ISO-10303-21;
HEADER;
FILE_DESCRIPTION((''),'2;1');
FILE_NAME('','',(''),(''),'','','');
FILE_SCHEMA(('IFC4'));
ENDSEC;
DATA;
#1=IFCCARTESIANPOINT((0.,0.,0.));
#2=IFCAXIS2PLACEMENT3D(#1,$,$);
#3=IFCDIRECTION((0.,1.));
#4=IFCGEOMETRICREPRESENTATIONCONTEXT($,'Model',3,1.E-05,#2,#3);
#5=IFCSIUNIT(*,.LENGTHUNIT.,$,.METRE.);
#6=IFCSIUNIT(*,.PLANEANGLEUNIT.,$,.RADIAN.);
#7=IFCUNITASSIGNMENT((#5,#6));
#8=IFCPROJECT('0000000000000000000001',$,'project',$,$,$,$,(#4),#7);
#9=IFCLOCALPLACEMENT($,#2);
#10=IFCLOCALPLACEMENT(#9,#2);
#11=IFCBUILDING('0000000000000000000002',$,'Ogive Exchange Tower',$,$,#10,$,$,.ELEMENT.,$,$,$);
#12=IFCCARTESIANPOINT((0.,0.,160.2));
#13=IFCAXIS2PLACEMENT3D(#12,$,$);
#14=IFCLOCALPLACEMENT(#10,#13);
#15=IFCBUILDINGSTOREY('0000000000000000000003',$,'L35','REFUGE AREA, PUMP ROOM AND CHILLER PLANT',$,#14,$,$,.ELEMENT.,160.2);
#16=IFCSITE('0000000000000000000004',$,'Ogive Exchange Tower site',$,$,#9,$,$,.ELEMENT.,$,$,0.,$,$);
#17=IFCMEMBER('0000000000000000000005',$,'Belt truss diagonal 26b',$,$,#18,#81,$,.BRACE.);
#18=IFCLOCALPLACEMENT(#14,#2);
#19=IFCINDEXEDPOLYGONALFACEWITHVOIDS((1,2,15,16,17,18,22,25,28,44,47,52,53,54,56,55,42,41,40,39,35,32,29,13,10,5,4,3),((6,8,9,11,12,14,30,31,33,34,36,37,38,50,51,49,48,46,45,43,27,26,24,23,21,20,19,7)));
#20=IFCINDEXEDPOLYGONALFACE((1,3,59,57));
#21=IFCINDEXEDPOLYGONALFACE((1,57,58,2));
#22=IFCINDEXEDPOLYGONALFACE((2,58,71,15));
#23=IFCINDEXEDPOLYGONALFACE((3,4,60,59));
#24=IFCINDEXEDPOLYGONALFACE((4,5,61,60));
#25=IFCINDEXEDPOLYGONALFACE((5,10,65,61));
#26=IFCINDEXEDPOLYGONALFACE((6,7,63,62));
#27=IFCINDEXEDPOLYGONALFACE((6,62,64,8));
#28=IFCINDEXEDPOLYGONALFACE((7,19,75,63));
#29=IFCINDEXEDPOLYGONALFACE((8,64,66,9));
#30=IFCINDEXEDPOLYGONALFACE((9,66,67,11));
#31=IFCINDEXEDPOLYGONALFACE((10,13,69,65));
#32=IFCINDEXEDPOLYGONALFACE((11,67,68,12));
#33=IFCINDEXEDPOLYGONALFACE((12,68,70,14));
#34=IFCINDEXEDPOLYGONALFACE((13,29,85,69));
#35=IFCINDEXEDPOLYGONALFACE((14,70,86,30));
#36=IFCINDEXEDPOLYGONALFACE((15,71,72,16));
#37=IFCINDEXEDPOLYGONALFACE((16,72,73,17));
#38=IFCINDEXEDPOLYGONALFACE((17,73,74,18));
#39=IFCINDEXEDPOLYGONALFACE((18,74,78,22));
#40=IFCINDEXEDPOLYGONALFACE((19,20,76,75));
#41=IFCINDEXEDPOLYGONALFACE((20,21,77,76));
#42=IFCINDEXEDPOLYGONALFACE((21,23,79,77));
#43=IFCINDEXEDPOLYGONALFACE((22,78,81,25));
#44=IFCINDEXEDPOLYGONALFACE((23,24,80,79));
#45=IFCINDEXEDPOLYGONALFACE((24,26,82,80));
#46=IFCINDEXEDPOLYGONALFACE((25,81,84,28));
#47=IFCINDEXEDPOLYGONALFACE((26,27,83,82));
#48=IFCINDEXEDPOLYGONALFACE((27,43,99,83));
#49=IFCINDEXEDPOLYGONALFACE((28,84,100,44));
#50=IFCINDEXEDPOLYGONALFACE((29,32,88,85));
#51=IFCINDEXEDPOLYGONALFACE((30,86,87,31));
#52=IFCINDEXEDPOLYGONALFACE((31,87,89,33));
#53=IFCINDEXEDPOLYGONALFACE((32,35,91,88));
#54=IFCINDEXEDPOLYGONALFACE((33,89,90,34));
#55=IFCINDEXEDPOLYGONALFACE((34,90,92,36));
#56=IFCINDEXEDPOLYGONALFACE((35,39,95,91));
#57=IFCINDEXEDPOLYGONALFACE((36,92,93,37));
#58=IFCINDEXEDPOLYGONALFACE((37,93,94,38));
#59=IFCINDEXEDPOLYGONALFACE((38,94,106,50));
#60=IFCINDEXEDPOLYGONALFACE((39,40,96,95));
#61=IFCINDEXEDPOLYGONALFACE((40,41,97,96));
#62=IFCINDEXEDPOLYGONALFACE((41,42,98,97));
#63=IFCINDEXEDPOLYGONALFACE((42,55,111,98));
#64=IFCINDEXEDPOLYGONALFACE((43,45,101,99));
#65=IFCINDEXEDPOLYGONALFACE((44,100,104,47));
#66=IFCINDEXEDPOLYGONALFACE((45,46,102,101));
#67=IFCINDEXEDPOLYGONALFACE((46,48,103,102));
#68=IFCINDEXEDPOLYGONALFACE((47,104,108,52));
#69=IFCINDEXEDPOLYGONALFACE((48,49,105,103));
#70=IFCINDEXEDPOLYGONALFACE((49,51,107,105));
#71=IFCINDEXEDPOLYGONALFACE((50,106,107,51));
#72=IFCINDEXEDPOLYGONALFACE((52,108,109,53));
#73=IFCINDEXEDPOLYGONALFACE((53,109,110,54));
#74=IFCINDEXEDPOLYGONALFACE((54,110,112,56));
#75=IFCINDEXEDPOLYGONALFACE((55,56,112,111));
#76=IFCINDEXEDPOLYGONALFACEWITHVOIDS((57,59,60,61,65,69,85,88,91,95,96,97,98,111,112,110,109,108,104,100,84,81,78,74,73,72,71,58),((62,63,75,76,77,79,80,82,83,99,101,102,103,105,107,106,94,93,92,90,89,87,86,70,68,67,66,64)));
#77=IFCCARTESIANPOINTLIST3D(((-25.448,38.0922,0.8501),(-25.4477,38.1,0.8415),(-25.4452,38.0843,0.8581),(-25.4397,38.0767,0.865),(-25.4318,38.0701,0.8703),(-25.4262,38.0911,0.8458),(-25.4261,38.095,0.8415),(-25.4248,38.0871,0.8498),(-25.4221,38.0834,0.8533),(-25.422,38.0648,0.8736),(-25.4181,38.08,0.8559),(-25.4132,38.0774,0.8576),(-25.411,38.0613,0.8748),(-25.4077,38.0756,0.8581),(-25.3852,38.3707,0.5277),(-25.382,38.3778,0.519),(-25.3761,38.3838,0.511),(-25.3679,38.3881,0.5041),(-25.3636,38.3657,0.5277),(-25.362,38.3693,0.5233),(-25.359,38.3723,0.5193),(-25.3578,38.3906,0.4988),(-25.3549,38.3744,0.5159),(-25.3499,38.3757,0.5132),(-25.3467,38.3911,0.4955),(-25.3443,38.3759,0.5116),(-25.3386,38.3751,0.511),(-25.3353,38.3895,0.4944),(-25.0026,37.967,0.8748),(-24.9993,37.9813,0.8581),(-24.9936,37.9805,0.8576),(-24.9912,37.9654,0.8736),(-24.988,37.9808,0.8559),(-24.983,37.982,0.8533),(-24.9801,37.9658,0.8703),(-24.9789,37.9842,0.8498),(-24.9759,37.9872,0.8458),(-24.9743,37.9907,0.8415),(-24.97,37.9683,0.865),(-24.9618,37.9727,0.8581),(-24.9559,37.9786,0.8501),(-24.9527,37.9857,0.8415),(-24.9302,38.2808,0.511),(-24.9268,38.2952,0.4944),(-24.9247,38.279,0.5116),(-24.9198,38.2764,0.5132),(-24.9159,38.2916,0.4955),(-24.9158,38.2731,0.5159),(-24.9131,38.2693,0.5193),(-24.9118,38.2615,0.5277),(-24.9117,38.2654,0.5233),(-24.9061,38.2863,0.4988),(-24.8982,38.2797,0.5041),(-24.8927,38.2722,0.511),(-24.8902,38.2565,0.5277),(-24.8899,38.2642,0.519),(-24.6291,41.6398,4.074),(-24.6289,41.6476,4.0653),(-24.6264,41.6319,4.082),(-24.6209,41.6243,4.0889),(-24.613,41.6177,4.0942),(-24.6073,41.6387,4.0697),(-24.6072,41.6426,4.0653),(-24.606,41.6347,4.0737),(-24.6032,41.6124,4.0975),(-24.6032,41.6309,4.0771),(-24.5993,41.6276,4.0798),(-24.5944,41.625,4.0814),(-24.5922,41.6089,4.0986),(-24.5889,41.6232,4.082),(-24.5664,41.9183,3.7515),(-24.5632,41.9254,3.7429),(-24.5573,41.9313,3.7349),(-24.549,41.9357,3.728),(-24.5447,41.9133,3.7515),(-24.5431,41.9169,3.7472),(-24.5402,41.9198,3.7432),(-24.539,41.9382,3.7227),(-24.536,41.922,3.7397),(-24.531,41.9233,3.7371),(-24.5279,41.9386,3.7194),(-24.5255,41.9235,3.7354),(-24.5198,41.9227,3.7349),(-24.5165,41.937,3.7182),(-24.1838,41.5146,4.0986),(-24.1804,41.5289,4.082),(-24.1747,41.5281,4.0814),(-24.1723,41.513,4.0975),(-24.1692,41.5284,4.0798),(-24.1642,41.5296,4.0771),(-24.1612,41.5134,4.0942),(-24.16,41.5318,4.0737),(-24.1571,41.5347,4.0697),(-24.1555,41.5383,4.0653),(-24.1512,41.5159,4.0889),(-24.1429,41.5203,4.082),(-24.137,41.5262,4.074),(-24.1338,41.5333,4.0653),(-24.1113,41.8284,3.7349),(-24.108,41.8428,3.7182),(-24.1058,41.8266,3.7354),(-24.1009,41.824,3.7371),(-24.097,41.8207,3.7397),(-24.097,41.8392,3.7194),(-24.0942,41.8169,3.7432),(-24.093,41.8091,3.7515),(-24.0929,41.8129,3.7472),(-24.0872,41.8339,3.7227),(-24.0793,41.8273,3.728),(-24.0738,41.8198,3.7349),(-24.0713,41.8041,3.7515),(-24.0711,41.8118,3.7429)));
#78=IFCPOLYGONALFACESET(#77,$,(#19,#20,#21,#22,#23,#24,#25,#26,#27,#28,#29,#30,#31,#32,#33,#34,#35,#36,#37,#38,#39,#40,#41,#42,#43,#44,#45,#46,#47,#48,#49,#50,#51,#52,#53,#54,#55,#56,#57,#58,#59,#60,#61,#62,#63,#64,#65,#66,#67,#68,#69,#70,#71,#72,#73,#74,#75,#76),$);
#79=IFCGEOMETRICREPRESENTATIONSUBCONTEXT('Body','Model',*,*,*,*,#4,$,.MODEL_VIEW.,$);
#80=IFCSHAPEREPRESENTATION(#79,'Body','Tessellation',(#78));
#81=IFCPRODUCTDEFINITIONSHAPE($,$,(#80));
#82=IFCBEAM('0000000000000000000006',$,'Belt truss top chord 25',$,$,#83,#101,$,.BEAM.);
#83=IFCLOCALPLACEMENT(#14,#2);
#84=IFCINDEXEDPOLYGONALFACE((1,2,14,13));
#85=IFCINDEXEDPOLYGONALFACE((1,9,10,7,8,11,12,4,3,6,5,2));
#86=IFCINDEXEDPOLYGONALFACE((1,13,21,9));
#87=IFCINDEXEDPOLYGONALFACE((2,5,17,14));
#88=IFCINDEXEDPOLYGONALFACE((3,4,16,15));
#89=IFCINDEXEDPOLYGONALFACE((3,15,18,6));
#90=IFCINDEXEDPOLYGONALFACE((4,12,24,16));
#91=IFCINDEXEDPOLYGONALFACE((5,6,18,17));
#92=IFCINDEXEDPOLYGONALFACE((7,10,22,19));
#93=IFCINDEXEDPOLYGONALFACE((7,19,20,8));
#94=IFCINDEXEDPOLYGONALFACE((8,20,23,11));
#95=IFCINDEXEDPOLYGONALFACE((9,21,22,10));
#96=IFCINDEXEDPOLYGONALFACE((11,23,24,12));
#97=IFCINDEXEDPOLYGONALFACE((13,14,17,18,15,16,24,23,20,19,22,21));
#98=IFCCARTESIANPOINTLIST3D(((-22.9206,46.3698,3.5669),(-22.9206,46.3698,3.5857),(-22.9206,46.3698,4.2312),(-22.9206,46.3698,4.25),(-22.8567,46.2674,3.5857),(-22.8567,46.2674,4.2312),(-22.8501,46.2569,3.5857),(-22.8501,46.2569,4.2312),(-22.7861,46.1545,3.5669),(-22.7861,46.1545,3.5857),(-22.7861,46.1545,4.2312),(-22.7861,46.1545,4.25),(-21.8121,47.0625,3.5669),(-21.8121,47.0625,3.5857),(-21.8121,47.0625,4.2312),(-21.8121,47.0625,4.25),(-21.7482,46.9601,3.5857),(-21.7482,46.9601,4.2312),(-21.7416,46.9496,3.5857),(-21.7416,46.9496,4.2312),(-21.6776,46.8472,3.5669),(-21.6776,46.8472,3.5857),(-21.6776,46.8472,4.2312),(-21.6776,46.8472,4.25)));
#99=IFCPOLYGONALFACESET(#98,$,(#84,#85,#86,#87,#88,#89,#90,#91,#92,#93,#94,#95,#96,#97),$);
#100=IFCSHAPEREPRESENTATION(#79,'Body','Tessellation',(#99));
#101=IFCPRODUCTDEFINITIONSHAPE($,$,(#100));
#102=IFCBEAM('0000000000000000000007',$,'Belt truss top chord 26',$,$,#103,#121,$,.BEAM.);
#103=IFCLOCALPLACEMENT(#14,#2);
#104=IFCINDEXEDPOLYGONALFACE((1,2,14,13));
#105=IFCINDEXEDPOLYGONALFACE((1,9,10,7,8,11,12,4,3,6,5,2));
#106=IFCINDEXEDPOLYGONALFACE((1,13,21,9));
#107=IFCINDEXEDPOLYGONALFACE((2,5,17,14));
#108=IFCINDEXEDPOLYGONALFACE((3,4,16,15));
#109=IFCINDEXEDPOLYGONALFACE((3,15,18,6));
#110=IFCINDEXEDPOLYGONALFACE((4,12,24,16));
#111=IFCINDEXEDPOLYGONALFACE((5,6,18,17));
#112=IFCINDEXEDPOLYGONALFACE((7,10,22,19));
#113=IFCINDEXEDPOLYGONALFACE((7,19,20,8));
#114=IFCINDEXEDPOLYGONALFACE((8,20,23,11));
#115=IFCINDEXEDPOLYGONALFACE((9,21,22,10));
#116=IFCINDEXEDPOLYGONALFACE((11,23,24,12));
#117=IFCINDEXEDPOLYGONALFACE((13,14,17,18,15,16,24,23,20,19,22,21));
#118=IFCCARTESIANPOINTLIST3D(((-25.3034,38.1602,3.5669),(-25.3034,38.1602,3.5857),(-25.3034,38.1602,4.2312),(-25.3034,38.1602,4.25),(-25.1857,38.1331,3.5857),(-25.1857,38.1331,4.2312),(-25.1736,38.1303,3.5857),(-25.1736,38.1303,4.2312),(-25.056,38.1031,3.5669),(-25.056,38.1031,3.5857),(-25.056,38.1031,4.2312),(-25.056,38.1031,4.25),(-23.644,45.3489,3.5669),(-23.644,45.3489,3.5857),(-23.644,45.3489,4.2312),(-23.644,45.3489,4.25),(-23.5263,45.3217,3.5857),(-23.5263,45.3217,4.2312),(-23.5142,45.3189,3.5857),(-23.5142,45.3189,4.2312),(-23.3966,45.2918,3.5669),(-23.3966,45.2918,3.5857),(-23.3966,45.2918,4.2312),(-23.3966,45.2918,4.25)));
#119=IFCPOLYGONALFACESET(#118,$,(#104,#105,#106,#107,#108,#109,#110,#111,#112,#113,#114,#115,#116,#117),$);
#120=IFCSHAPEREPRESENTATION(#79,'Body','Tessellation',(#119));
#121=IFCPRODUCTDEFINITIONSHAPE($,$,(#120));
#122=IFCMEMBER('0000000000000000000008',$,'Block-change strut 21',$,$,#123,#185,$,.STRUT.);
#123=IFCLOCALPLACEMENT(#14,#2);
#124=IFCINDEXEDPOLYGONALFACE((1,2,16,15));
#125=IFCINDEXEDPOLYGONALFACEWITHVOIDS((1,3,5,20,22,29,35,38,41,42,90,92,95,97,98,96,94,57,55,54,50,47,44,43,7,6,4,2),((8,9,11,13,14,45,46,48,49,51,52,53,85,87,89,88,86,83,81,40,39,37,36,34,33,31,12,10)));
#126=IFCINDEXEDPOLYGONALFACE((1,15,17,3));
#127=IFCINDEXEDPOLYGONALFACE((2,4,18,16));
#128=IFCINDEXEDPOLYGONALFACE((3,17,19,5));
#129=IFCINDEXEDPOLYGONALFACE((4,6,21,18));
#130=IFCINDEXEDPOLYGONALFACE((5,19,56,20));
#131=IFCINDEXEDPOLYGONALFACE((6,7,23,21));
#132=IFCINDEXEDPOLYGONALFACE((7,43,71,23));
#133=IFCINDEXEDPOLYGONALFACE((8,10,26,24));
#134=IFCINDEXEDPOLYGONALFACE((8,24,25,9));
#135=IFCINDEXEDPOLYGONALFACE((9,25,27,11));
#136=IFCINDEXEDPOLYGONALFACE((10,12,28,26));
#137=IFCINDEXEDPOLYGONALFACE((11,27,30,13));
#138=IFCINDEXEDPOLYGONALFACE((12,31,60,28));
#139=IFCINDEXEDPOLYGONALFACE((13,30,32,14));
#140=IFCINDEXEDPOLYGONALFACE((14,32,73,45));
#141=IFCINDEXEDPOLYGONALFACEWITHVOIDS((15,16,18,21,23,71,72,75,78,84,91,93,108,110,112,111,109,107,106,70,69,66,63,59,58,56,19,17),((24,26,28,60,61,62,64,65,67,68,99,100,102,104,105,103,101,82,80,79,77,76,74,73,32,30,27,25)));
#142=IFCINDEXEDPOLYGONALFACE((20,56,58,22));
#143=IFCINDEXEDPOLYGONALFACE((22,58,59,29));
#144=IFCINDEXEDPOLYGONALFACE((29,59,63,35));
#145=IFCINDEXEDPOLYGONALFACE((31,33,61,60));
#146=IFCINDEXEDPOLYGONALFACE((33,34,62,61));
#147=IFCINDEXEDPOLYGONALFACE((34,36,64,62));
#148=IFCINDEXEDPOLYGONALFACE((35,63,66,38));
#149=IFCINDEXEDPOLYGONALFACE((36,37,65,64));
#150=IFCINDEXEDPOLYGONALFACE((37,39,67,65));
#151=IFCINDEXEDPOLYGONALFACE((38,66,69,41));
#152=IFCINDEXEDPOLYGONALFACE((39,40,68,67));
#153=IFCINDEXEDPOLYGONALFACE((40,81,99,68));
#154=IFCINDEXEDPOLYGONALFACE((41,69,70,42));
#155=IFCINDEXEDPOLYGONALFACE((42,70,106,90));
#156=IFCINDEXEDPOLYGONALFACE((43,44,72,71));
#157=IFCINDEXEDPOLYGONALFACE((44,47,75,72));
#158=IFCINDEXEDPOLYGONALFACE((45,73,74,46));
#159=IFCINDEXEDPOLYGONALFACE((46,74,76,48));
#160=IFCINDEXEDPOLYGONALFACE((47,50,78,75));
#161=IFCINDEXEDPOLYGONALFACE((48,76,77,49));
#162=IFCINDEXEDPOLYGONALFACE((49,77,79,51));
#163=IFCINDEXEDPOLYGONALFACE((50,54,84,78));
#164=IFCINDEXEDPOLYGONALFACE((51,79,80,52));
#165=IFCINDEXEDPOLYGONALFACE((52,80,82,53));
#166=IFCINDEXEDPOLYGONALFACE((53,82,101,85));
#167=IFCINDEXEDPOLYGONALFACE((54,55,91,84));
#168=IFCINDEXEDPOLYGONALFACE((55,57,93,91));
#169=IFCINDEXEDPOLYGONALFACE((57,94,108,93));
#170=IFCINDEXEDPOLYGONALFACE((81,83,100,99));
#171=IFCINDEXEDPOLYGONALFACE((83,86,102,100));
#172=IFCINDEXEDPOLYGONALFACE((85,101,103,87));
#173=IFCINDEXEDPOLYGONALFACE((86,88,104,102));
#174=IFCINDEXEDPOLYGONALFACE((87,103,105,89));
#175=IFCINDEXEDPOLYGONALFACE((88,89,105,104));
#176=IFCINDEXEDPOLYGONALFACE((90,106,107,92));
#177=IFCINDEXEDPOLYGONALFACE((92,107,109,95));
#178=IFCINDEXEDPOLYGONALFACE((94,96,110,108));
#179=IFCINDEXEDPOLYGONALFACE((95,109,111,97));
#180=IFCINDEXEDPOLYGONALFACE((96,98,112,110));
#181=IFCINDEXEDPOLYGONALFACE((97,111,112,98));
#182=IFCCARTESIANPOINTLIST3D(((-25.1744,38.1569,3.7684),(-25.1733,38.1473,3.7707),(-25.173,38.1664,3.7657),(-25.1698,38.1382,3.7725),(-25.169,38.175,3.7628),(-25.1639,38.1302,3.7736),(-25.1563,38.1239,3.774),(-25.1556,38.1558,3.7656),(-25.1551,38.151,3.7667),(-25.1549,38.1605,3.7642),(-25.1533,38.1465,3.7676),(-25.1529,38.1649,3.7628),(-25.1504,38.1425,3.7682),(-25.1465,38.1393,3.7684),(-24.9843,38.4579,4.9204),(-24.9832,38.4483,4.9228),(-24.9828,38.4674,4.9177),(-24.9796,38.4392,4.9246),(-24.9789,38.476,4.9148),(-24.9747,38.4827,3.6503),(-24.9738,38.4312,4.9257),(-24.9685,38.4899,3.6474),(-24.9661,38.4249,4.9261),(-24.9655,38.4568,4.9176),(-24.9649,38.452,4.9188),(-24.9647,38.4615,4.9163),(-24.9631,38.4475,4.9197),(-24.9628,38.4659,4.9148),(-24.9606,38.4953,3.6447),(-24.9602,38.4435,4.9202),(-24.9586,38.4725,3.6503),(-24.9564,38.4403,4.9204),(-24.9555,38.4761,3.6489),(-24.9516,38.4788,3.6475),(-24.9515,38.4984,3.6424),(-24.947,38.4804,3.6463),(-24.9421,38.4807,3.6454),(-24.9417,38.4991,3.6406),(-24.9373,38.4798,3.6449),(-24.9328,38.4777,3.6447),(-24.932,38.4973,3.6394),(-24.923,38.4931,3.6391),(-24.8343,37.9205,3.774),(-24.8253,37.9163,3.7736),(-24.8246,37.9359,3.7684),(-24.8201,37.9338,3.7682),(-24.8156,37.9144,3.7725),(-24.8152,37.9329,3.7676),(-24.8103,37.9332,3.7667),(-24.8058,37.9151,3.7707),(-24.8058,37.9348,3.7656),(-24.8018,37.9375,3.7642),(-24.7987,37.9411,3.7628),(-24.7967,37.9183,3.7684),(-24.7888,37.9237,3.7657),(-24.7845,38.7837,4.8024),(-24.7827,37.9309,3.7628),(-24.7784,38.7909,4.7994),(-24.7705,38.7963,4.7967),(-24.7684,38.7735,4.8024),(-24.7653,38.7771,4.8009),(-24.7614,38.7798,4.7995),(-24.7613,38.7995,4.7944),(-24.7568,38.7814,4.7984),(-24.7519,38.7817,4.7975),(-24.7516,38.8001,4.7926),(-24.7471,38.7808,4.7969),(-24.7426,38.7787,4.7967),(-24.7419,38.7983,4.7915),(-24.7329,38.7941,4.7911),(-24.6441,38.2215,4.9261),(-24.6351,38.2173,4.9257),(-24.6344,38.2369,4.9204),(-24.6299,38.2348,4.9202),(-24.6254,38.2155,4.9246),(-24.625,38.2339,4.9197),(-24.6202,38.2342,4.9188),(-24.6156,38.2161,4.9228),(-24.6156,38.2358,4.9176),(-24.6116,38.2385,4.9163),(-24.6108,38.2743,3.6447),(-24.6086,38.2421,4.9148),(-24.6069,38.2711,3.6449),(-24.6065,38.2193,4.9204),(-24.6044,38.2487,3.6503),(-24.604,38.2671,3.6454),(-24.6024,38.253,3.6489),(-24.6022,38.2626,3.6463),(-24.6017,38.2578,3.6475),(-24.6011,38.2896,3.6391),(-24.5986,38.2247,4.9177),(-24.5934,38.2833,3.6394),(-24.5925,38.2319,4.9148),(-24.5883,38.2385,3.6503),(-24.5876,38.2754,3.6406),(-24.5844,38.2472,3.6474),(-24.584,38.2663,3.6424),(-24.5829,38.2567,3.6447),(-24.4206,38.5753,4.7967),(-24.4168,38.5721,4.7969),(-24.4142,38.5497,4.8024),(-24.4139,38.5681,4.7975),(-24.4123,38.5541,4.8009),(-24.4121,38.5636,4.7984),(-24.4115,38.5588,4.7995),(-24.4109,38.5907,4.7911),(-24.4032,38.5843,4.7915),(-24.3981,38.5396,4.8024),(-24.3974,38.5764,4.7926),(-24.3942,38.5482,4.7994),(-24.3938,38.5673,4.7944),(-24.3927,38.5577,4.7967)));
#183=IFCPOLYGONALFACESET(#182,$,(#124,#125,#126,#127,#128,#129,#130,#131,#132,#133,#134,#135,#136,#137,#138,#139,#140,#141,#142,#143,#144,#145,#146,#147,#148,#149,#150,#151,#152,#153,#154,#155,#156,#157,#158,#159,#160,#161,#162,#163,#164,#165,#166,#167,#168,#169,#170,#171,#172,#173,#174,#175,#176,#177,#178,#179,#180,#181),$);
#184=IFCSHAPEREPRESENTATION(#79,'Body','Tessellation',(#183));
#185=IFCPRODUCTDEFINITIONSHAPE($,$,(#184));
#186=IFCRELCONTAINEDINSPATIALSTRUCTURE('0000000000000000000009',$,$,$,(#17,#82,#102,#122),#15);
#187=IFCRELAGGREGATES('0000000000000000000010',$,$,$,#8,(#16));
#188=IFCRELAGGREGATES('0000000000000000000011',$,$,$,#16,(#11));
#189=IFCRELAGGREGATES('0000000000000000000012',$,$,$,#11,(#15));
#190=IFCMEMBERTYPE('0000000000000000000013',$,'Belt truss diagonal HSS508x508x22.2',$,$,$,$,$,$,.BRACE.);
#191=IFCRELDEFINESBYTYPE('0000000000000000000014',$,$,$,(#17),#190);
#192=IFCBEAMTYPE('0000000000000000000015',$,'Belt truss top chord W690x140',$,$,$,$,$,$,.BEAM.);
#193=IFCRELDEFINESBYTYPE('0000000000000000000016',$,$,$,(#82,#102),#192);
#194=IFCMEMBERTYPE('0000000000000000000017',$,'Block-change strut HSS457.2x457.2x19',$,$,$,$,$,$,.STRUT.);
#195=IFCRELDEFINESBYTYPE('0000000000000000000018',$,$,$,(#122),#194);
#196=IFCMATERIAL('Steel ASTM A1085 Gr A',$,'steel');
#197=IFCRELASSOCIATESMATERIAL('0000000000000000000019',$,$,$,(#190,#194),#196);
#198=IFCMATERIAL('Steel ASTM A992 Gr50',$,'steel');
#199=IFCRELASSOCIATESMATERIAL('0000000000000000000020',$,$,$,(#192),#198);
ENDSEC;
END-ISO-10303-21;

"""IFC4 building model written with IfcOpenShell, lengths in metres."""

from ifc_helpers import new_model, si_unit, direction, frame, origin, origin_2d, place, context, subcontext, project, spatial, hollow_rectangle, i_section, extrude, material, material_profile, profile_set, type_object, element, save


model = new_model("IFC4")

# Units and contexts
model_context = context("Model", 3, precision=1e-05, world=origin(), true_north=direction((0.0, 1.0)))
body_context = subcontext(model_context, "Body", "Model", "MODEL_VIEW")
ifc_project = project(units=[si_unit("LENGTHUNIT", "METRE"), si_unit("PLANEANGLEUNIT", "RADIAN")], contexts=[model_context])

# Site, building, storey
site_placement = place(None, origin())
site = spatial("IfcSite", under=ifc_project, at=site_placement, Name="Ogive Exchange Tower site", CompositionType="ELEMENT", RefElevation=0.0)
building_placement = place(site_placement, origin())
building = spatial("IfcBuilding", under=site, at=building_placement, Name="Ogive Exchange Tower", CompositionType="ELEMENT")
storey_placement = place(building_placement, frame((0.0, 0.0, 160.2)))
storey = spatial("IfcBuildingStorey", under=building, at=storey_placement, Name="L35", Description="REFUGE AREA, PUMP ROOM AND CHILLER PLANT", CompositionType="ELEMENT", Elevation=160.2)

# Shared definitions
ifc_material_1 = material(Name="Steel ASTM A992 Gr50", Category="steel")

# Member
ifc_material_2 = material(Name="Steel ASTM A1085 Gr A", Category="steel")
ifc_material_profile_1 = material_profile(ifc_material_2, hollow_rectangle(XDim=0.5081, YDim=0.5081, WallThickness=0.0222, InnerFilletRadius=0.0222, OuterFilletRadius=0.0444, at=origin_2d()), Name="HSS508x508x22.2")
ifc_profile_set_1 = profile_set([ifc_material_profile_1], Name="Steel ASTM A1085 Gr A")
member_type_1 = type_object("IfcMemberType", Name="Belt truss diagonal HSS508x508x22.2", PredefinedType="BRACE", material=ifc_profile_set_1)
member_1_placement = place(storey_placement, frame((-25.1689, 38.1782, 0.6846), z_axis=(0.168381, 0.7295, 0.662931), x_axis=(-0.974381, 0.224904, 0.0)))
element("IfcMember", 1, at=member_1_placement, inside=storey, type_object=member_type_1, Name="Belt truss diagonal 26b", PredefinedType="BRACE", context=body_context, shape_type="SweptSolid", body=[
    extrude(hollow_rectangle(XDim=0.5081, YDim=0.5081, WallThickness=0.0222, InnerFilletRadius=0.0222, OuterFilletRadius=0.0444, at=origin_2d()), origin(), (0.0, 0.0, 1.0), 4.863),
])

# Beams
ifc_material_profile_2 = material_profile(ifc_material_1, i_section(OverallWidth=0.2539, OverallDepth=0.6831, WebThickness=0.0125, FlangeThickness=0.0188, at=origin_2d()), Name="W690x140")
ifc_profile_set_2 = profile_set([ifc_material_profile_2], Name="Steel ASTM A992 Gr50")
beam_type_1 = type_object("IfcBeamType", Name="Belt truss top chord W690x140", PredefinedType="BEAM", material=ifc_profile_set_2)
beam_1_placement = place(storey_placement, frame((-21.7449, 46.9548, 3.9084), z_axis=(-0.84804, -0.529932, 0.0), x_axis=(0.529932, -0.84804, 0.0)))
element("IfcBeam", 2, at=beam_1_placement, inside=storey, type_object=beam_type_1, Name="Belt truss top chord 25", PredefinedType="BEAM", context=body_context, shape_type="SweptSolid", body=[
    extrude(i_section(OverallWidth=0.2539, OverallDepth=0.6831, WebThickness=0.0125, FlangeThickness=0.0188, at=origin_2d()), origin(), (0.0, 0.0, 1.0), 1.3071),
])
beam_2_placement = place(storey_placement, frame((-23.5203, 45.3203, 3.9084), z_axis=(-0.224922, -0.974377, 0.0), x_axis=(0.974377, -0.224922, 0.0)))
element("IfcBeam", 3, at=beam_2_placement, inside=storey, type_object=beam_type_1, Name="Belt truss top chord 26", PredefinedType="BEAM", context=body_context, shape_type="SweptSolid", body=[
    extrude(i_section(OverallWidth=0.2539, OverallDepth=0.6831, WebThickness=0.0125, FlangeThickness=0.0188, at=origin_2d()), origin(), (0.0, 0.0, 1.0), 7.3777),
])

# Member
ifc_material_profile_3 = material_profile(ifc_material_2, hollow_rectangle(XDim=0.457, YDim=0.457, WallThickness=0.019, InnerFilletRadius=0.019, OuterFilletRadius=0.0381, at=origin_2d()), Name="HSS457.2x457.2x19")
ifc_profile_set_3 = profile_set([ifc_material_profile_3], Name="Steel ASTM A1085 Gr A")
member_type_2 = type_object("IfcMemberType", Name="Block-change strut HSS457.2x457.2x19", PredefinedType="STRUT", material=ifc_profile_set_3)
member_2_placement = place(storey_placement, frame((-24.8787, 38.2068, 3.7065), z_axis=(0.157717, 0.249634, 0.95541), x_axis=(-0.845407, 0.534122, 0.0)))
element("IfcMember", 4, at=member_2_placement, inside=storey, type_object=member_type_2, Name="Block-change strut 21", PredefinedType="STRUT", context=body_context, shape_type="SweptSolid", body=[
    extrude(hollow_rectangle(XDim=0.457, YDim=0.457, WallThickness=0.019, InnerFilletRadius=0.019, OuterFilletRadius=0.0381, at=origin_2d()), origin(), (0.0, 0.0, 1.0), 1.2058),
])

save(model, "model.ifc")
